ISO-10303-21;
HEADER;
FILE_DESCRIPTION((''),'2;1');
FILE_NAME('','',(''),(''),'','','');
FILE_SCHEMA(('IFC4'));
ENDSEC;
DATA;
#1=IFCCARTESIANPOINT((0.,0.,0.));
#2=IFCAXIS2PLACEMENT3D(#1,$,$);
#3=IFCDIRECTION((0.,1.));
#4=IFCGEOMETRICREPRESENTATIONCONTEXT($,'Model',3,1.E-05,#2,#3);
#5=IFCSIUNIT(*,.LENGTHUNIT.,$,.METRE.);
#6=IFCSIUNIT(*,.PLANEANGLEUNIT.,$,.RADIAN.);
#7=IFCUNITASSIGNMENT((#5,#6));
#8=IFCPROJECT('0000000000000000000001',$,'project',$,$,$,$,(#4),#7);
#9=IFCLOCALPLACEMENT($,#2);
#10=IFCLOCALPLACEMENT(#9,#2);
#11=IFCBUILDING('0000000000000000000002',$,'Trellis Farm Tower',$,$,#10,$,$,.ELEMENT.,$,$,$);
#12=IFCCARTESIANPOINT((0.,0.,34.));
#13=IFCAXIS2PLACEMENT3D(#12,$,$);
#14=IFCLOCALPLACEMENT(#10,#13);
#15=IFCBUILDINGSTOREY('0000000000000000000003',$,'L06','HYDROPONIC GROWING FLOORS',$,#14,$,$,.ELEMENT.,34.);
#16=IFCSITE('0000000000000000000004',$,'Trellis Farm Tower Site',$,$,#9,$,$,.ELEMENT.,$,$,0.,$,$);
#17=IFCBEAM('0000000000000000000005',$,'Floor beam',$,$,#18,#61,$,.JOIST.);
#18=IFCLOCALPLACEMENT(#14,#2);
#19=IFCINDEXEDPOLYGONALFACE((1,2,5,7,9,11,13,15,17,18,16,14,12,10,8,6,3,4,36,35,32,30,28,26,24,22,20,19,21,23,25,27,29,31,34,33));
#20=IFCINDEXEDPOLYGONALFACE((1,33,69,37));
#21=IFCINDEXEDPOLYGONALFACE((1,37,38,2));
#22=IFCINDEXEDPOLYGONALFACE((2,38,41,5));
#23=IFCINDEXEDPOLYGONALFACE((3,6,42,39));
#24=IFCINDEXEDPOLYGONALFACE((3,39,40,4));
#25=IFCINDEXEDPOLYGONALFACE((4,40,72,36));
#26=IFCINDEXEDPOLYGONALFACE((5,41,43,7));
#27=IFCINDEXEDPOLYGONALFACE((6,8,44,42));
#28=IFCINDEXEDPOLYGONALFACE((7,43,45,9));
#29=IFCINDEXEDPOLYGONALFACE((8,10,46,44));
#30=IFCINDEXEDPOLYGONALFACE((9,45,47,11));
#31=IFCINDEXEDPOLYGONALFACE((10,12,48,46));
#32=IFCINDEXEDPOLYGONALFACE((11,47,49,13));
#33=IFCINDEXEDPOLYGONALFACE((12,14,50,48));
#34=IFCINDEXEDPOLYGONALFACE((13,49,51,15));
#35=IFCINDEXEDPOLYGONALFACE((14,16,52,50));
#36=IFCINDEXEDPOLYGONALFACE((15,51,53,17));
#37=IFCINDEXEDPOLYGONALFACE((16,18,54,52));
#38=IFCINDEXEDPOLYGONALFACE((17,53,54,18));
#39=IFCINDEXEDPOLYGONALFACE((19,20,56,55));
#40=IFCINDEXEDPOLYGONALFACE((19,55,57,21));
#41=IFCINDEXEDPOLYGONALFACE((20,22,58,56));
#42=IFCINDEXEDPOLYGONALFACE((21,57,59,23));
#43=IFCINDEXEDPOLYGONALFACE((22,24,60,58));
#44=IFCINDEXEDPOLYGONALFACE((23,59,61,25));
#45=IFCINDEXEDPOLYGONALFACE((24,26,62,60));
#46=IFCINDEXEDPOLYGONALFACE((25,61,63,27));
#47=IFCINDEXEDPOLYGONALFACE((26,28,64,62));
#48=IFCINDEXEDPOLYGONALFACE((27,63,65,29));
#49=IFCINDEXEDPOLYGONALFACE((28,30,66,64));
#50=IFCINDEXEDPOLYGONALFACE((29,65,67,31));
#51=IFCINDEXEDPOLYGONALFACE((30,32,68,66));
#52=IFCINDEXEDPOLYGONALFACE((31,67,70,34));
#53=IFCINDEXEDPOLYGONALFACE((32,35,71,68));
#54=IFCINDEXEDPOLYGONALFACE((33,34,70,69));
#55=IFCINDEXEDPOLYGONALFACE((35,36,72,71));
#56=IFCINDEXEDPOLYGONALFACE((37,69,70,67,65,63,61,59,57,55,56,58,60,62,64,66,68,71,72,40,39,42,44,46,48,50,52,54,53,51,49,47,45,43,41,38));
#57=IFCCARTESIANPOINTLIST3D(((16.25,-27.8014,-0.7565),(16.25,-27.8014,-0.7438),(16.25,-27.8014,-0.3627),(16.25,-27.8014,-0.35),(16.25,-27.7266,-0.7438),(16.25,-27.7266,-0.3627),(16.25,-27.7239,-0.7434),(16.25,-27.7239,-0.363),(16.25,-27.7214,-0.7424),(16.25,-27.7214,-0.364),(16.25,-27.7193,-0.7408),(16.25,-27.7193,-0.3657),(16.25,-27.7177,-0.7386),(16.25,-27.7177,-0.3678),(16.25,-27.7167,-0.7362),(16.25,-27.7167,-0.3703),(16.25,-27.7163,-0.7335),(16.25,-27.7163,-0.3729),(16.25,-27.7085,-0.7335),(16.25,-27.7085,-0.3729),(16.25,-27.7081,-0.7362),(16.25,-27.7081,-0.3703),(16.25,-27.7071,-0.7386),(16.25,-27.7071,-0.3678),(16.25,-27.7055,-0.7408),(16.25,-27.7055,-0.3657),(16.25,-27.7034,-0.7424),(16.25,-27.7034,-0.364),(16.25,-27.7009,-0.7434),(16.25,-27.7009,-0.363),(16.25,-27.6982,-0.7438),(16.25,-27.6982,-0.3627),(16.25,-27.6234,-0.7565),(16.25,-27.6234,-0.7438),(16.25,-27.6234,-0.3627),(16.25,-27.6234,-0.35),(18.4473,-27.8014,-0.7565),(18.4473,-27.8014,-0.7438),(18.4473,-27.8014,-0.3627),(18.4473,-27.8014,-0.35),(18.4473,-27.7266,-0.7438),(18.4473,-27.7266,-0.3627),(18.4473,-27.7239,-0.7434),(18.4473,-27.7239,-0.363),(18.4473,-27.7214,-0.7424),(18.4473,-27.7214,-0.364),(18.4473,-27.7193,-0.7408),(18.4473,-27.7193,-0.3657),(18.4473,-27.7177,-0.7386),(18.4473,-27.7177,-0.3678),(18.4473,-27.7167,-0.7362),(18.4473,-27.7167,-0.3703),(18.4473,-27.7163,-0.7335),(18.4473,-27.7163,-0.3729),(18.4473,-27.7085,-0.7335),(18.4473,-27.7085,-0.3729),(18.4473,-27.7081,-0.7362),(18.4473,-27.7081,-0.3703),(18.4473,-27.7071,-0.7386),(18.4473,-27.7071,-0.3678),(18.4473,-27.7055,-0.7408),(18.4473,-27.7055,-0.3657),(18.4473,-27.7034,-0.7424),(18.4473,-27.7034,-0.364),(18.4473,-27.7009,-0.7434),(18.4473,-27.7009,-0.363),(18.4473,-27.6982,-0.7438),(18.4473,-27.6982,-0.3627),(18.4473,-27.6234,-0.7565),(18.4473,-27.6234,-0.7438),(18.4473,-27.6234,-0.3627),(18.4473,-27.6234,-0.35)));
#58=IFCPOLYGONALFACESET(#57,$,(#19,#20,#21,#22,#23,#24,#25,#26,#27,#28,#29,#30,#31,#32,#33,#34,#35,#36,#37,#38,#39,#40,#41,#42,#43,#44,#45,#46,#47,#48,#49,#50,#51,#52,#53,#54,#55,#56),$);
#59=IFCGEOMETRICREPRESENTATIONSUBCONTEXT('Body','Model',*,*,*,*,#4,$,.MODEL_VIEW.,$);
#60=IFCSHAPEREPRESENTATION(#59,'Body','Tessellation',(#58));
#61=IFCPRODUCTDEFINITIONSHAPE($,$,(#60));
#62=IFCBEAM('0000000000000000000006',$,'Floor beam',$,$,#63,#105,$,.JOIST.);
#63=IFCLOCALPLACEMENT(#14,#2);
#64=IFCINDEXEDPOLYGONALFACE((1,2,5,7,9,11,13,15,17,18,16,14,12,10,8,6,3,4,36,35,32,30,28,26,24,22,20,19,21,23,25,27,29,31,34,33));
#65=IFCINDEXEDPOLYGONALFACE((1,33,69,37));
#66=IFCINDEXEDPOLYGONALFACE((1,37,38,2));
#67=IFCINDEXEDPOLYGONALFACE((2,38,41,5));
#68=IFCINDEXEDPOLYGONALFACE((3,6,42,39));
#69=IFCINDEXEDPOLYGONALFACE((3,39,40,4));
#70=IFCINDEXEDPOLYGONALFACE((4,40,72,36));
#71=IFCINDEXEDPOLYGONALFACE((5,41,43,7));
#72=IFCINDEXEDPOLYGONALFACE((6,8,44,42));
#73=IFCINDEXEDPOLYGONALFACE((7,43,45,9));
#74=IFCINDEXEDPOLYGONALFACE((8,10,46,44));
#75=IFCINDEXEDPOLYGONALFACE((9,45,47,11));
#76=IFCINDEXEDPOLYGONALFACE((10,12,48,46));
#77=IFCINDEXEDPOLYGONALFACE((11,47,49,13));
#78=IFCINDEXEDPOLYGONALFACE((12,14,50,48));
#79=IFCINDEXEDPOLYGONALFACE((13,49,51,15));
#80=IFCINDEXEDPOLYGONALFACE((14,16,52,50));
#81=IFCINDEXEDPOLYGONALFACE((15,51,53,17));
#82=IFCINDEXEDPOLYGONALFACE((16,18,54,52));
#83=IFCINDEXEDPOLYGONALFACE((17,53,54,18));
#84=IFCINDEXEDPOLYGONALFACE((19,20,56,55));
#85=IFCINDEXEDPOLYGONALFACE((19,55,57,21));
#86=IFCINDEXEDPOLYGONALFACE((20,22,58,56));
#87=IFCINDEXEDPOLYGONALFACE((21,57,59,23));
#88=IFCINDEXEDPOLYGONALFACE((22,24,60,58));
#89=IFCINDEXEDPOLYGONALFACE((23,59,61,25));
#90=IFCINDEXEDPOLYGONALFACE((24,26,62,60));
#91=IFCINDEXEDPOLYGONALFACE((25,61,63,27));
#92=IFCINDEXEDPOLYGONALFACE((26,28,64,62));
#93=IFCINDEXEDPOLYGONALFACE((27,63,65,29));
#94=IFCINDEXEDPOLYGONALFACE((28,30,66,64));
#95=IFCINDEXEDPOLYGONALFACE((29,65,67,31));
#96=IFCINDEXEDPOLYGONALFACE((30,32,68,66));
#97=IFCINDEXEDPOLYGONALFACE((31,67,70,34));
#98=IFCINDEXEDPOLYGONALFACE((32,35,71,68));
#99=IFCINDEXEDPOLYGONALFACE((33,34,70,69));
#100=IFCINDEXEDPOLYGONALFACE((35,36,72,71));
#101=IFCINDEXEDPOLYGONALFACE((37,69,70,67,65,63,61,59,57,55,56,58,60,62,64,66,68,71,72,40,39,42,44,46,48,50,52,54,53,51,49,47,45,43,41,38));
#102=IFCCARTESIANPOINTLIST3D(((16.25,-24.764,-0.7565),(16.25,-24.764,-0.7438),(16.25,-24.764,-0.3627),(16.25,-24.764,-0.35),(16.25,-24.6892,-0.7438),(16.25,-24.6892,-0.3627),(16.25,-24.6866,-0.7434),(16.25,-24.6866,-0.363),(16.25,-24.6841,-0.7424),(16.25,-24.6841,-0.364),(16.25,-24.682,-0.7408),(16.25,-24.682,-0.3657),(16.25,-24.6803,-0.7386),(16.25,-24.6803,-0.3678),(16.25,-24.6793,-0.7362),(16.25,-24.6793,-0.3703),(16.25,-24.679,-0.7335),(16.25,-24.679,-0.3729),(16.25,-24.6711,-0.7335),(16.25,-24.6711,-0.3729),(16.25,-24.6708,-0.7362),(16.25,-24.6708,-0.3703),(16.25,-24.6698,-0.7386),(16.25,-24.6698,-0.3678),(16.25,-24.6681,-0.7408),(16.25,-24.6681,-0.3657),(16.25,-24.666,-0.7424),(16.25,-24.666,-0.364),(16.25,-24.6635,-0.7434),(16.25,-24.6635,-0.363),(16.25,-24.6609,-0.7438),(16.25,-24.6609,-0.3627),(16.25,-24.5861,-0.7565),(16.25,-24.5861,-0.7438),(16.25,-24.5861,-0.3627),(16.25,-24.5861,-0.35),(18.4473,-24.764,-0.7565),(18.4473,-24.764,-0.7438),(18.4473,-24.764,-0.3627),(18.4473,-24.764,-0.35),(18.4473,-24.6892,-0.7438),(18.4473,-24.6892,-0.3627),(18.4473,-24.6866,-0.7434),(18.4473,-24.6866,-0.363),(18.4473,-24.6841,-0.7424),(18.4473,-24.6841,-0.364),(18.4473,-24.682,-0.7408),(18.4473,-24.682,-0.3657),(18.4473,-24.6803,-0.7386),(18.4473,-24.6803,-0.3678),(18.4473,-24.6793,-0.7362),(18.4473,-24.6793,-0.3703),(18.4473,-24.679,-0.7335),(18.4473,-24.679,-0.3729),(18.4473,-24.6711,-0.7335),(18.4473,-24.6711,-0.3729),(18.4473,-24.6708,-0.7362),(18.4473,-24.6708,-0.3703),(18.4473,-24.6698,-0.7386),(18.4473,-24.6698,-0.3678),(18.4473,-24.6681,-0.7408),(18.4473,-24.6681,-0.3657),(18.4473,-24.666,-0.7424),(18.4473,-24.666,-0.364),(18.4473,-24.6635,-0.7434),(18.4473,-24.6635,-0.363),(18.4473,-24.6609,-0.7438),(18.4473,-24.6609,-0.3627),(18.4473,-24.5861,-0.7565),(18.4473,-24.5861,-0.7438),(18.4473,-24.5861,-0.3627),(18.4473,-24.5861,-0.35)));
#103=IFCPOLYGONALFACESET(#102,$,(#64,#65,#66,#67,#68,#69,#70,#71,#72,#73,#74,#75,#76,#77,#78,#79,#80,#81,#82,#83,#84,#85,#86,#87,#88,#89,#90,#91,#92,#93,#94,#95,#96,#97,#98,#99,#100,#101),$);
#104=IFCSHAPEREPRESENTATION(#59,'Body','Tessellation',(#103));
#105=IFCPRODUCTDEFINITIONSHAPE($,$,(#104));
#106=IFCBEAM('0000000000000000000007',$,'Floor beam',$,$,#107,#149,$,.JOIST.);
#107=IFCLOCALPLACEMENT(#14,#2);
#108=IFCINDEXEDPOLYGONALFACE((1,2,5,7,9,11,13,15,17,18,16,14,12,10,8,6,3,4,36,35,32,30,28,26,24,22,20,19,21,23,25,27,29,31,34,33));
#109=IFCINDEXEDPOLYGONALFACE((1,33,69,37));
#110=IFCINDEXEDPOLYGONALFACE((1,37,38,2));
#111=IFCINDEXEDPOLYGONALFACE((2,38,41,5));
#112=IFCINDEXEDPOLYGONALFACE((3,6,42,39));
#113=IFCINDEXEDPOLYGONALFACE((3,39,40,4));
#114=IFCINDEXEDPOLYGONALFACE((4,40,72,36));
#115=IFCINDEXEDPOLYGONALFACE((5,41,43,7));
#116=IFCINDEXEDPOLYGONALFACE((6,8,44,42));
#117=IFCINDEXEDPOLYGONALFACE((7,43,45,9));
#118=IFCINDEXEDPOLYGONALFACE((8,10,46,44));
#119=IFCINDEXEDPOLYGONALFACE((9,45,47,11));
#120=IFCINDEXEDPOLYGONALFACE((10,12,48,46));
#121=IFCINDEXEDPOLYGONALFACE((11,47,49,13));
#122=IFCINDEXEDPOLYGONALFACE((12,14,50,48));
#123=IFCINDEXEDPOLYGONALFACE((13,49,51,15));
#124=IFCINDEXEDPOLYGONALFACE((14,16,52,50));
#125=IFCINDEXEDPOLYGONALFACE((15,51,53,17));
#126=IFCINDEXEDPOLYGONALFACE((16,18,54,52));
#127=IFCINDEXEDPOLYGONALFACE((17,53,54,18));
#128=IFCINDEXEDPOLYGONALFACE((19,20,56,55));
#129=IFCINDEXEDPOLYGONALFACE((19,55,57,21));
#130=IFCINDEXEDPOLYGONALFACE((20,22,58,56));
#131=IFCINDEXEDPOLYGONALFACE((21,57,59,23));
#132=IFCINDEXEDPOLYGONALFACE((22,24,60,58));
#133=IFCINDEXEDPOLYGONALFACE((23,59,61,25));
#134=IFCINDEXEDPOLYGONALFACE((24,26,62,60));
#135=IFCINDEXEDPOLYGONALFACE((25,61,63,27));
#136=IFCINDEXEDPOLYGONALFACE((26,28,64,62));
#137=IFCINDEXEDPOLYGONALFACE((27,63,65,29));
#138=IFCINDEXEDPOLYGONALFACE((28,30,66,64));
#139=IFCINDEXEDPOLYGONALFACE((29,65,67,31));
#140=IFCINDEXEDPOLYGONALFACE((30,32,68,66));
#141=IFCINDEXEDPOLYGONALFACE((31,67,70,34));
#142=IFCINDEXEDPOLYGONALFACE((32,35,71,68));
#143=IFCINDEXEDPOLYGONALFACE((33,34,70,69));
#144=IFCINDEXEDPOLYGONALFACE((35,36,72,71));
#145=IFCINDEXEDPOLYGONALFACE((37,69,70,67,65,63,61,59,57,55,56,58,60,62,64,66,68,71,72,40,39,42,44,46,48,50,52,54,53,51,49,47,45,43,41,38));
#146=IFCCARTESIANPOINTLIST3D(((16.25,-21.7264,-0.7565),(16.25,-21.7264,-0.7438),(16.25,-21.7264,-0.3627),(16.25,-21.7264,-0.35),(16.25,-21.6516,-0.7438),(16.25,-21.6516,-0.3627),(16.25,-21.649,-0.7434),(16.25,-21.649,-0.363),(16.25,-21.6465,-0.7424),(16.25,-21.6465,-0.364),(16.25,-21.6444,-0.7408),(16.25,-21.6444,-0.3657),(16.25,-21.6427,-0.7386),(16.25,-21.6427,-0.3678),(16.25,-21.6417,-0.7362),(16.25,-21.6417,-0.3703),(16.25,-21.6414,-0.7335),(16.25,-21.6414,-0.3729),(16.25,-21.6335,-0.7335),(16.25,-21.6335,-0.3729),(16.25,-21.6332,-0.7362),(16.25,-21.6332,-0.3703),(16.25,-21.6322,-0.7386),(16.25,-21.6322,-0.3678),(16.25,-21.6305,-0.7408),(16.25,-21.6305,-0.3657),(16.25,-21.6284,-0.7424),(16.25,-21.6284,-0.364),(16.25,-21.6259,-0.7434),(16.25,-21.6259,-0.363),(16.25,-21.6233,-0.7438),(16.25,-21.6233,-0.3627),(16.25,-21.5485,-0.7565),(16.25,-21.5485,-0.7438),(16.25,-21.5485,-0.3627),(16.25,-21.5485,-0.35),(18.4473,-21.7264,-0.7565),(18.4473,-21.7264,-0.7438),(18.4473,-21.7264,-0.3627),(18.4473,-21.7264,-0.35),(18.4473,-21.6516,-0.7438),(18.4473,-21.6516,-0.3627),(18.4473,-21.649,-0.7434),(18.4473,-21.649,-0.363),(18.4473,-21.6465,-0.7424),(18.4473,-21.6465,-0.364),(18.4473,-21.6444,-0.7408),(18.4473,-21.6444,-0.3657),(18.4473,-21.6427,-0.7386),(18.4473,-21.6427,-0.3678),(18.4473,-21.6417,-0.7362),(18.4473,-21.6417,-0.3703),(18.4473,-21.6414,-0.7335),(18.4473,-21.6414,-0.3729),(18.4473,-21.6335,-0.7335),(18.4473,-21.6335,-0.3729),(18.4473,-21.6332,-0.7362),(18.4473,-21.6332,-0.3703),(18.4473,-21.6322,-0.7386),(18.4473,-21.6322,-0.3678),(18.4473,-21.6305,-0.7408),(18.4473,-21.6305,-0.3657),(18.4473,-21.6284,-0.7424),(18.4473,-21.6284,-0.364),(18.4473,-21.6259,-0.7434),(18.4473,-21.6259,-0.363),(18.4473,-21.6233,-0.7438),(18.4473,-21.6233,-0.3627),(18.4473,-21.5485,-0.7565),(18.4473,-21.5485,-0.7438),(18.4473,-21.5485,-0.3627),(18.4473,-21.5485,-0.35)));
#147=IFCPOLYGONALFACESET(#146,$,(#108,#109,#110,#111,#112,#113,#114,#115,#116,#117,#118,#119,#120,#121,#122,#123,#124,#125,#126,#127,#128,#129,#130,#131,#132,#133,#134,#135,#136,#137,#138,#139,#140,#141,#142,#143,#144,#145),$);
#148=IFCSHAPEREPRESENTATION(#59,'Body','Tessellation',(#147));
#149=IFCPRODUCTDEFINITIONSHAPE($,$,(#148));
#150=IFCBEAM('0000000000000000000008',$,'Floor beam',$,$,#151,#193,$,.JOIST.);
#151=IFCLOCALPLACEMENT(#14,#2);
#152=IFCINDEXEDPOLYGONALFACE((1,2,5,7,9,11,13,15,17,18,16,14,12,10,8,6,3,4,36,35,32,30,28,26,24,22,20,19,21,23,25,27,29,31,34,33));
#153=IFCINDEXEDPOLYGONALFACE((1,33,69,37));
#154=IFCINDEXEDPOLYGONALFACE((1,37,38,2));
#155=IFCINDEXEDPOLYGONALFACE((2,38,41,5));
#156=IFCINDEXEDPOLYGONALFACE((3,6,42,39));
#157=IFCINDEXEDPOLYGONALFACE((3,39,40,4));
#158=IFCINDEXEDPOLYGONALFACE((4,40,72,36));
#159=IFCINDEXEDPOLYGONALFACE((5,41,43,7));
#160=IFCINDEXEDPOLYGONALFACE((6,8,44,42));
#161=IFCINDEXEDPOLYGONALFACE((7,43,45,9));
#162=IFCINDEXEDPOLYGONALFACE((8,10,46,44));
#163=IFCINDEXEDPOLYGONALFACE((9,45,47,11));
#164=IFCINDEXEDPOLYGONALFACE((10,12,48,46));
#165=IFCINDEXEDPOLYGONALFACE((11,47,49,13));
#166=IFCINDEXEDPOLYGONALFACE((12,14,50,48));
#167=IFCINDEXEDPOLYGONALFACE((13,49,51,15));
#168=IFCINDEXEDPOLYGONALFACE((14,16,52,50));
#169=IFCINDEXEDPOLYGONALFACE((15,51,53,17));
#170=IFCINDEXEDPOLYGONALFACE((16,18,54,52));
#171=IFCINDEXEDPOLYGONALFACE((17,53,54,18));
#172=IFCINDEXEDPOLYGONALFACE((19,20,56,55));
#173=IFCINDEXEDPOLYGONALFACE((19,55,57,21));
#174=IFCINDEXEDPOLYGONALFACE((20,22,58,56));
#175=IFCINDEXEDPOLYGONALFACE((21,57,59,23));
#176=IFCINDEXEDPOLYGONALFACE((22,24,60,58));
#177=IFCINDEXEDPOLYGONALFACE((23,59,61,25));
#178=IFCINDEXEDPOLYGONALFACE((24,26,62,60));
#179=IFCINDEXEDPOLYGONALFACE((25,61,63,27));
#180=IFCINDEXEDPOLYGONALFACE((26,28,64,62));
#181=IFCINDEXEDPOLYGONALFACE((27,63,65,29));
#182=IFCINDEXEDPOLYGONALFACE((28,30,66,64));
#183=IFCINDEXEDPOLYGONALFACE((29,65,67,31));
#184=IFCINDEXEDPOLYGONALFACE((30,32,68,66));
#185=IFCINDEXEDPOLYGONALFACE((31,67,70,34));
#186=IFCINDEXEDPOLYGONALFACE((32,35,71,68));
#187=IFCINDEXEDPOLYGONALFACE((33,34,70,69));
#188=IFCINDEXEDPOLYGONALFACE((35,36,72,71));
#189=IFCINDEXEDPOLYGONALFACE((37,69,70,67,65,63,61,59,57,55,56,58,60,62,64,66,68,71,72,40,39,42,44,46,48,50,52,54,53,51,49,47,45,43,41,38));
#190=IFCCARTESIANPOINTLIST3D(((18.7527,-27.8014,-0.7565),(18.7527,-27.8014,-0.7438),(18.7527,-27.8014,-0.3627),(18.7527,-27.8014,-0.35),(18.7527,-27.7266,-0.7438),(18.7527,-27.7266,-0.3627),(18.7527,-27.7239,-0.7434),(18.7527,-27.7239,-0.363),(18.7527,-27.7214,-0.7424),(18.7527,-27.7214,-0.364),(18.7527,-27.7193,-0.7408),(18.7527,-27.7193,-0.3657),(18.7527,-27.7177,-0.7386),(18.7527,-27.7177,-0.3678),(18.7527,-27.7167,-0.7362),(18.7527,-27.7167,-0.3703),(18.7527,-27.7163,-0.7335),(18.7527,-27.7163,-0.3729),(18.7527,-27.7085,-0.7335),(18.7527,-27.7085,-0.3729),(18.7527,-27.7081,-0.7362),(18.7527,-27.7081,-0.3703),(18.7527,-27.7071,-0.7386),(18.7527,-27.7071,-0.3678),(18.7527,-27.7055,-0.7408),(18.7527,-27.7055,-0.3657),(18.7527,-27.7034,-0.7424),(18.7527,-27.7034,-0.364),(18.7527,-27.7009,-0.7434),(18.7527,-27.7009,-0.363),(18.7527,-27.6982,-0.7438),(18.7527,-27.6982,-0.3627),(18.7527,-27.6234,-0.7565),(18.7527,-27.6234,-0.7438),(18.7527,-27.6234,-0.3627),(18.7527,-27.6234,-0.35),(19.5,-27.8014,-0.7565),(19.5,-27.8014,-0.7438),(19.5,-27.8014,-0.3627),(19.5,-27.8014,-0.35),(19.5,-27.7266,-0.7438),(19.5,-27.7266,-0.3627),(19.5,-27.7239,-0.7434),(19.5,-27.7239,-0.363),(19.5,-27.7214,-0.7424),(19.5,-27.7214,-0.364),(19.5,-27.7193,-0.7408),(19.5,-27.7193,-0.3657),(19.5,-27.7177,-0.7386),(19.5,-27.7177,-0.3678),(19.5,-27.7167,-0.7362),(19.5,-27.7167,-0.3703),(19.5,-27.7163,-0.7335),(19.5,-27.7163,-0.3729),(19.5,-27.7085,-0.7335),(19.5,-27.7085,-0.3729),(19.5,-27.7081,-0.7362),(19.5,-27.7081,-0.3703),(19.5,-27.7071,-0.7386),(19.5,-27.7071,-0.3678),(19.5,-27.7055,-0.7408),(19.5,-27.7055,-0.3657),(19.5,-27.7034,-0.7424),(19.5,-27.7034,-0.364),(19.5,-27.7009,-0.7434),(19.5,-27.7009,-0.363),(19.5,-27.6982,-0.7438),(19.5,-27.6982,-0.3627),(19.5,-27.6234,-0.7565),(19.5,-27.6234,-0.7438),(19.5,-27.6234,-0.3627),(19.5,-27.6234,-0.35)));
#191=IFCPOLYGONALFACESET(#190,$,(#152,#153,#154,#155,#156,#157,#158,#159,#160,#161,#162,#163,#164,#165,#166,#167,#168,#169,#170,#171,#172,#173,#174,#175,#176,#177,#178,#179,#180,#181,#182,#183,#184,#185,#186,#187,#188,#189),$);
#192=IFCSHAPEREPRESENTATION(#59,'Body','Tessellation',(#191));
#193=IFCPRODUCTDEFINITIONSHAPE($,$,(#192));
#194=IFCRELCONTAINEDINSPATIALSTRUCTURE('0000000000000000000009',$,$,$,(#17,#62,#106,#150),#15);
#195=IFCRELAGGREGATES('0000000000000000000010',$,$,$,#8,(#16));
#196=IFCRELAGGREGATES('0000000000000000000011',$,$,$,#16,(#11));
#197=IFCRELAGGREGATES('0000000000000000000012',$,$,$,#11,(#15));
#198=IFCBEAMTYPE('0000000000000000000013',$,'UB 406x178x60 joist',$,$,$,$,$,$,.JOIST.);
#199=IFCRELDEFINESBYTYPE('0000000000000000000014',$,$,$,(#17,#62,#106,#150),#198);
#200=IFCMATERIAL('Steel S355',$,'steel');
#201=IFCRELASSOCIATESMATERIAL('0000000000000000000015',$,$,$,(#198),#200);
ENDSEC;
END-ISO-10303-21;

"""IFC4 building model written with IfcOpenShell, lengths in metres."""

from ifc_helpers import new_model, si_unit, direction, frame, origin, origin_2d, place, context, subcontext, project, spatial, i_section, extrude, source, transform, mapped, material, material_profile, profile_set, type_object, element, save


model = new_model("IFC4")

# Units and contexts
model_context = context("Model", 3, precision=1e-05, world=origin(), true_north=direction((0.0, 1.0)))
body_context = subcontext(model_context, "Body", "Model", "MODEL_VIEW")
ifc_project = project(units=[si_unit("LENGTHUNIT", "METRE"), si_unit("PLANEANGLEUNIT", "RADIAN")], contexts=[model_context])

# Site, building, storey
site_placement = place(None, origin())
site = spatial("IfcSite", under=ifc_project, at=site_placement, Name="Trellis Farm Tower Site", CompositionType="ELEMENT", RefElevation=0.0)
building_placement = place(site_placement, origin())
building = spatial("IfcBuilding", under=site, at=building_placement, Name="Trellis Farm Tower", CompositionType="ELEMENT")
storey_placement = place(building_placement, frame((0.0, 0.0, 34.0)))
storey = spatial("IfcBuildingStorey", under=building, at=storey_placement, Name="L06", Description="HYDROPONIC GROWING FLOORS", CompositionType="ELEMENT", Elevation=34.0)

# Beams
ifc_material_1 = material(Name="Steel S355", Category="steel")
ifc_material_profile_1 = material_profile(ifc_material_1, i_section(OverallWidth=0.178, OverallDepth=0.4065, WebThickness=0.0078, FlangeThickness=0.0127, FilletRadius=0.0103, at=origin_2d()), Name="UB 406x178x60")
ifc_profile_set_1 = profile_set([ifc_material_profile_1], Name="Steel S355")
beam_type_1 = type_object("IfcBeamType", Name="UB 406x178x60 joist", PredefinedType="JOIST", material=ifc_profile_set_1)
shared_shape_1 = source(origin(), body_context, "Body", "SweptSolid", [
    extrude(i_section(OverallWidth=0.178, OverallDepth=0.4065, WebThickness=0.0078, FlangeThickness=0.0127, FilletRadius=0.0103, at=origin_2d()), origin(), (0.0, 0.0, 1.0), 2.1973),
])
for number, where, z_axis, x_axis, name in (
    (1, (16.25, -27.7124, -0.5532), (1.0, 0.0, 0.0), (0.0, 1.0, 0.0), "Floor beam"),
    (2, (16.25, -24.675, -0.5532), (1.0, 0.0, 0.0), (0.0, 1.0, 0.0), "Floor beam"),
    (3, (16.25, -21.6375, -0.5532), (1.0, 0.0, 0.0), (0.0, 1.0, 0.0), "Floor beam"),
):
    element("IfcBeam", number, at=place(storey_placement, frame(where, z_axis=z_axis, x_axis=x_axis)), inside=storey, type_object=beam_type_1, Name=name, PredefinedType="JOIST", context=body_context, shape_type="MappedRepresentation", body=[
        mapped(shared_shape_1, transform((0.0, 0.0, 0.0))),
    ])
shared_shape_2 = source(origin(), body_context, "Body", "SweptSolid", [
    extrude(i_section(OverallWidth=0.178, OverallDepth=0.4065, WebThickness=0.0078, FlangeThickness=0.0127, FilletRadius=0.0103, at=origin_2d()), origin(), (0.0, 0.0, 1.0), 0.7473),
])
for number, where, z_axis, x_axis, name in (
    (4, (18.7527, -27.7124, -0.5532), (1.0, 0.0, 0.0), (0.0, 1.0, 0.0), "Floor beam"),
):
    element("IfcBeam", number, at=place(storey_placement, frame(where, z_axis=z_axis, x_axis=x_axis)), inside=storey, type_object=beam_type_1, Name=name, PredefinedType="JOIST", context=body_context, shape_type="MappedRepresentation", body=[
        mapped(shared_shape_2, transform((0.0, 0.0, 0.0))),
    ])

save(model, "model.ifc")
